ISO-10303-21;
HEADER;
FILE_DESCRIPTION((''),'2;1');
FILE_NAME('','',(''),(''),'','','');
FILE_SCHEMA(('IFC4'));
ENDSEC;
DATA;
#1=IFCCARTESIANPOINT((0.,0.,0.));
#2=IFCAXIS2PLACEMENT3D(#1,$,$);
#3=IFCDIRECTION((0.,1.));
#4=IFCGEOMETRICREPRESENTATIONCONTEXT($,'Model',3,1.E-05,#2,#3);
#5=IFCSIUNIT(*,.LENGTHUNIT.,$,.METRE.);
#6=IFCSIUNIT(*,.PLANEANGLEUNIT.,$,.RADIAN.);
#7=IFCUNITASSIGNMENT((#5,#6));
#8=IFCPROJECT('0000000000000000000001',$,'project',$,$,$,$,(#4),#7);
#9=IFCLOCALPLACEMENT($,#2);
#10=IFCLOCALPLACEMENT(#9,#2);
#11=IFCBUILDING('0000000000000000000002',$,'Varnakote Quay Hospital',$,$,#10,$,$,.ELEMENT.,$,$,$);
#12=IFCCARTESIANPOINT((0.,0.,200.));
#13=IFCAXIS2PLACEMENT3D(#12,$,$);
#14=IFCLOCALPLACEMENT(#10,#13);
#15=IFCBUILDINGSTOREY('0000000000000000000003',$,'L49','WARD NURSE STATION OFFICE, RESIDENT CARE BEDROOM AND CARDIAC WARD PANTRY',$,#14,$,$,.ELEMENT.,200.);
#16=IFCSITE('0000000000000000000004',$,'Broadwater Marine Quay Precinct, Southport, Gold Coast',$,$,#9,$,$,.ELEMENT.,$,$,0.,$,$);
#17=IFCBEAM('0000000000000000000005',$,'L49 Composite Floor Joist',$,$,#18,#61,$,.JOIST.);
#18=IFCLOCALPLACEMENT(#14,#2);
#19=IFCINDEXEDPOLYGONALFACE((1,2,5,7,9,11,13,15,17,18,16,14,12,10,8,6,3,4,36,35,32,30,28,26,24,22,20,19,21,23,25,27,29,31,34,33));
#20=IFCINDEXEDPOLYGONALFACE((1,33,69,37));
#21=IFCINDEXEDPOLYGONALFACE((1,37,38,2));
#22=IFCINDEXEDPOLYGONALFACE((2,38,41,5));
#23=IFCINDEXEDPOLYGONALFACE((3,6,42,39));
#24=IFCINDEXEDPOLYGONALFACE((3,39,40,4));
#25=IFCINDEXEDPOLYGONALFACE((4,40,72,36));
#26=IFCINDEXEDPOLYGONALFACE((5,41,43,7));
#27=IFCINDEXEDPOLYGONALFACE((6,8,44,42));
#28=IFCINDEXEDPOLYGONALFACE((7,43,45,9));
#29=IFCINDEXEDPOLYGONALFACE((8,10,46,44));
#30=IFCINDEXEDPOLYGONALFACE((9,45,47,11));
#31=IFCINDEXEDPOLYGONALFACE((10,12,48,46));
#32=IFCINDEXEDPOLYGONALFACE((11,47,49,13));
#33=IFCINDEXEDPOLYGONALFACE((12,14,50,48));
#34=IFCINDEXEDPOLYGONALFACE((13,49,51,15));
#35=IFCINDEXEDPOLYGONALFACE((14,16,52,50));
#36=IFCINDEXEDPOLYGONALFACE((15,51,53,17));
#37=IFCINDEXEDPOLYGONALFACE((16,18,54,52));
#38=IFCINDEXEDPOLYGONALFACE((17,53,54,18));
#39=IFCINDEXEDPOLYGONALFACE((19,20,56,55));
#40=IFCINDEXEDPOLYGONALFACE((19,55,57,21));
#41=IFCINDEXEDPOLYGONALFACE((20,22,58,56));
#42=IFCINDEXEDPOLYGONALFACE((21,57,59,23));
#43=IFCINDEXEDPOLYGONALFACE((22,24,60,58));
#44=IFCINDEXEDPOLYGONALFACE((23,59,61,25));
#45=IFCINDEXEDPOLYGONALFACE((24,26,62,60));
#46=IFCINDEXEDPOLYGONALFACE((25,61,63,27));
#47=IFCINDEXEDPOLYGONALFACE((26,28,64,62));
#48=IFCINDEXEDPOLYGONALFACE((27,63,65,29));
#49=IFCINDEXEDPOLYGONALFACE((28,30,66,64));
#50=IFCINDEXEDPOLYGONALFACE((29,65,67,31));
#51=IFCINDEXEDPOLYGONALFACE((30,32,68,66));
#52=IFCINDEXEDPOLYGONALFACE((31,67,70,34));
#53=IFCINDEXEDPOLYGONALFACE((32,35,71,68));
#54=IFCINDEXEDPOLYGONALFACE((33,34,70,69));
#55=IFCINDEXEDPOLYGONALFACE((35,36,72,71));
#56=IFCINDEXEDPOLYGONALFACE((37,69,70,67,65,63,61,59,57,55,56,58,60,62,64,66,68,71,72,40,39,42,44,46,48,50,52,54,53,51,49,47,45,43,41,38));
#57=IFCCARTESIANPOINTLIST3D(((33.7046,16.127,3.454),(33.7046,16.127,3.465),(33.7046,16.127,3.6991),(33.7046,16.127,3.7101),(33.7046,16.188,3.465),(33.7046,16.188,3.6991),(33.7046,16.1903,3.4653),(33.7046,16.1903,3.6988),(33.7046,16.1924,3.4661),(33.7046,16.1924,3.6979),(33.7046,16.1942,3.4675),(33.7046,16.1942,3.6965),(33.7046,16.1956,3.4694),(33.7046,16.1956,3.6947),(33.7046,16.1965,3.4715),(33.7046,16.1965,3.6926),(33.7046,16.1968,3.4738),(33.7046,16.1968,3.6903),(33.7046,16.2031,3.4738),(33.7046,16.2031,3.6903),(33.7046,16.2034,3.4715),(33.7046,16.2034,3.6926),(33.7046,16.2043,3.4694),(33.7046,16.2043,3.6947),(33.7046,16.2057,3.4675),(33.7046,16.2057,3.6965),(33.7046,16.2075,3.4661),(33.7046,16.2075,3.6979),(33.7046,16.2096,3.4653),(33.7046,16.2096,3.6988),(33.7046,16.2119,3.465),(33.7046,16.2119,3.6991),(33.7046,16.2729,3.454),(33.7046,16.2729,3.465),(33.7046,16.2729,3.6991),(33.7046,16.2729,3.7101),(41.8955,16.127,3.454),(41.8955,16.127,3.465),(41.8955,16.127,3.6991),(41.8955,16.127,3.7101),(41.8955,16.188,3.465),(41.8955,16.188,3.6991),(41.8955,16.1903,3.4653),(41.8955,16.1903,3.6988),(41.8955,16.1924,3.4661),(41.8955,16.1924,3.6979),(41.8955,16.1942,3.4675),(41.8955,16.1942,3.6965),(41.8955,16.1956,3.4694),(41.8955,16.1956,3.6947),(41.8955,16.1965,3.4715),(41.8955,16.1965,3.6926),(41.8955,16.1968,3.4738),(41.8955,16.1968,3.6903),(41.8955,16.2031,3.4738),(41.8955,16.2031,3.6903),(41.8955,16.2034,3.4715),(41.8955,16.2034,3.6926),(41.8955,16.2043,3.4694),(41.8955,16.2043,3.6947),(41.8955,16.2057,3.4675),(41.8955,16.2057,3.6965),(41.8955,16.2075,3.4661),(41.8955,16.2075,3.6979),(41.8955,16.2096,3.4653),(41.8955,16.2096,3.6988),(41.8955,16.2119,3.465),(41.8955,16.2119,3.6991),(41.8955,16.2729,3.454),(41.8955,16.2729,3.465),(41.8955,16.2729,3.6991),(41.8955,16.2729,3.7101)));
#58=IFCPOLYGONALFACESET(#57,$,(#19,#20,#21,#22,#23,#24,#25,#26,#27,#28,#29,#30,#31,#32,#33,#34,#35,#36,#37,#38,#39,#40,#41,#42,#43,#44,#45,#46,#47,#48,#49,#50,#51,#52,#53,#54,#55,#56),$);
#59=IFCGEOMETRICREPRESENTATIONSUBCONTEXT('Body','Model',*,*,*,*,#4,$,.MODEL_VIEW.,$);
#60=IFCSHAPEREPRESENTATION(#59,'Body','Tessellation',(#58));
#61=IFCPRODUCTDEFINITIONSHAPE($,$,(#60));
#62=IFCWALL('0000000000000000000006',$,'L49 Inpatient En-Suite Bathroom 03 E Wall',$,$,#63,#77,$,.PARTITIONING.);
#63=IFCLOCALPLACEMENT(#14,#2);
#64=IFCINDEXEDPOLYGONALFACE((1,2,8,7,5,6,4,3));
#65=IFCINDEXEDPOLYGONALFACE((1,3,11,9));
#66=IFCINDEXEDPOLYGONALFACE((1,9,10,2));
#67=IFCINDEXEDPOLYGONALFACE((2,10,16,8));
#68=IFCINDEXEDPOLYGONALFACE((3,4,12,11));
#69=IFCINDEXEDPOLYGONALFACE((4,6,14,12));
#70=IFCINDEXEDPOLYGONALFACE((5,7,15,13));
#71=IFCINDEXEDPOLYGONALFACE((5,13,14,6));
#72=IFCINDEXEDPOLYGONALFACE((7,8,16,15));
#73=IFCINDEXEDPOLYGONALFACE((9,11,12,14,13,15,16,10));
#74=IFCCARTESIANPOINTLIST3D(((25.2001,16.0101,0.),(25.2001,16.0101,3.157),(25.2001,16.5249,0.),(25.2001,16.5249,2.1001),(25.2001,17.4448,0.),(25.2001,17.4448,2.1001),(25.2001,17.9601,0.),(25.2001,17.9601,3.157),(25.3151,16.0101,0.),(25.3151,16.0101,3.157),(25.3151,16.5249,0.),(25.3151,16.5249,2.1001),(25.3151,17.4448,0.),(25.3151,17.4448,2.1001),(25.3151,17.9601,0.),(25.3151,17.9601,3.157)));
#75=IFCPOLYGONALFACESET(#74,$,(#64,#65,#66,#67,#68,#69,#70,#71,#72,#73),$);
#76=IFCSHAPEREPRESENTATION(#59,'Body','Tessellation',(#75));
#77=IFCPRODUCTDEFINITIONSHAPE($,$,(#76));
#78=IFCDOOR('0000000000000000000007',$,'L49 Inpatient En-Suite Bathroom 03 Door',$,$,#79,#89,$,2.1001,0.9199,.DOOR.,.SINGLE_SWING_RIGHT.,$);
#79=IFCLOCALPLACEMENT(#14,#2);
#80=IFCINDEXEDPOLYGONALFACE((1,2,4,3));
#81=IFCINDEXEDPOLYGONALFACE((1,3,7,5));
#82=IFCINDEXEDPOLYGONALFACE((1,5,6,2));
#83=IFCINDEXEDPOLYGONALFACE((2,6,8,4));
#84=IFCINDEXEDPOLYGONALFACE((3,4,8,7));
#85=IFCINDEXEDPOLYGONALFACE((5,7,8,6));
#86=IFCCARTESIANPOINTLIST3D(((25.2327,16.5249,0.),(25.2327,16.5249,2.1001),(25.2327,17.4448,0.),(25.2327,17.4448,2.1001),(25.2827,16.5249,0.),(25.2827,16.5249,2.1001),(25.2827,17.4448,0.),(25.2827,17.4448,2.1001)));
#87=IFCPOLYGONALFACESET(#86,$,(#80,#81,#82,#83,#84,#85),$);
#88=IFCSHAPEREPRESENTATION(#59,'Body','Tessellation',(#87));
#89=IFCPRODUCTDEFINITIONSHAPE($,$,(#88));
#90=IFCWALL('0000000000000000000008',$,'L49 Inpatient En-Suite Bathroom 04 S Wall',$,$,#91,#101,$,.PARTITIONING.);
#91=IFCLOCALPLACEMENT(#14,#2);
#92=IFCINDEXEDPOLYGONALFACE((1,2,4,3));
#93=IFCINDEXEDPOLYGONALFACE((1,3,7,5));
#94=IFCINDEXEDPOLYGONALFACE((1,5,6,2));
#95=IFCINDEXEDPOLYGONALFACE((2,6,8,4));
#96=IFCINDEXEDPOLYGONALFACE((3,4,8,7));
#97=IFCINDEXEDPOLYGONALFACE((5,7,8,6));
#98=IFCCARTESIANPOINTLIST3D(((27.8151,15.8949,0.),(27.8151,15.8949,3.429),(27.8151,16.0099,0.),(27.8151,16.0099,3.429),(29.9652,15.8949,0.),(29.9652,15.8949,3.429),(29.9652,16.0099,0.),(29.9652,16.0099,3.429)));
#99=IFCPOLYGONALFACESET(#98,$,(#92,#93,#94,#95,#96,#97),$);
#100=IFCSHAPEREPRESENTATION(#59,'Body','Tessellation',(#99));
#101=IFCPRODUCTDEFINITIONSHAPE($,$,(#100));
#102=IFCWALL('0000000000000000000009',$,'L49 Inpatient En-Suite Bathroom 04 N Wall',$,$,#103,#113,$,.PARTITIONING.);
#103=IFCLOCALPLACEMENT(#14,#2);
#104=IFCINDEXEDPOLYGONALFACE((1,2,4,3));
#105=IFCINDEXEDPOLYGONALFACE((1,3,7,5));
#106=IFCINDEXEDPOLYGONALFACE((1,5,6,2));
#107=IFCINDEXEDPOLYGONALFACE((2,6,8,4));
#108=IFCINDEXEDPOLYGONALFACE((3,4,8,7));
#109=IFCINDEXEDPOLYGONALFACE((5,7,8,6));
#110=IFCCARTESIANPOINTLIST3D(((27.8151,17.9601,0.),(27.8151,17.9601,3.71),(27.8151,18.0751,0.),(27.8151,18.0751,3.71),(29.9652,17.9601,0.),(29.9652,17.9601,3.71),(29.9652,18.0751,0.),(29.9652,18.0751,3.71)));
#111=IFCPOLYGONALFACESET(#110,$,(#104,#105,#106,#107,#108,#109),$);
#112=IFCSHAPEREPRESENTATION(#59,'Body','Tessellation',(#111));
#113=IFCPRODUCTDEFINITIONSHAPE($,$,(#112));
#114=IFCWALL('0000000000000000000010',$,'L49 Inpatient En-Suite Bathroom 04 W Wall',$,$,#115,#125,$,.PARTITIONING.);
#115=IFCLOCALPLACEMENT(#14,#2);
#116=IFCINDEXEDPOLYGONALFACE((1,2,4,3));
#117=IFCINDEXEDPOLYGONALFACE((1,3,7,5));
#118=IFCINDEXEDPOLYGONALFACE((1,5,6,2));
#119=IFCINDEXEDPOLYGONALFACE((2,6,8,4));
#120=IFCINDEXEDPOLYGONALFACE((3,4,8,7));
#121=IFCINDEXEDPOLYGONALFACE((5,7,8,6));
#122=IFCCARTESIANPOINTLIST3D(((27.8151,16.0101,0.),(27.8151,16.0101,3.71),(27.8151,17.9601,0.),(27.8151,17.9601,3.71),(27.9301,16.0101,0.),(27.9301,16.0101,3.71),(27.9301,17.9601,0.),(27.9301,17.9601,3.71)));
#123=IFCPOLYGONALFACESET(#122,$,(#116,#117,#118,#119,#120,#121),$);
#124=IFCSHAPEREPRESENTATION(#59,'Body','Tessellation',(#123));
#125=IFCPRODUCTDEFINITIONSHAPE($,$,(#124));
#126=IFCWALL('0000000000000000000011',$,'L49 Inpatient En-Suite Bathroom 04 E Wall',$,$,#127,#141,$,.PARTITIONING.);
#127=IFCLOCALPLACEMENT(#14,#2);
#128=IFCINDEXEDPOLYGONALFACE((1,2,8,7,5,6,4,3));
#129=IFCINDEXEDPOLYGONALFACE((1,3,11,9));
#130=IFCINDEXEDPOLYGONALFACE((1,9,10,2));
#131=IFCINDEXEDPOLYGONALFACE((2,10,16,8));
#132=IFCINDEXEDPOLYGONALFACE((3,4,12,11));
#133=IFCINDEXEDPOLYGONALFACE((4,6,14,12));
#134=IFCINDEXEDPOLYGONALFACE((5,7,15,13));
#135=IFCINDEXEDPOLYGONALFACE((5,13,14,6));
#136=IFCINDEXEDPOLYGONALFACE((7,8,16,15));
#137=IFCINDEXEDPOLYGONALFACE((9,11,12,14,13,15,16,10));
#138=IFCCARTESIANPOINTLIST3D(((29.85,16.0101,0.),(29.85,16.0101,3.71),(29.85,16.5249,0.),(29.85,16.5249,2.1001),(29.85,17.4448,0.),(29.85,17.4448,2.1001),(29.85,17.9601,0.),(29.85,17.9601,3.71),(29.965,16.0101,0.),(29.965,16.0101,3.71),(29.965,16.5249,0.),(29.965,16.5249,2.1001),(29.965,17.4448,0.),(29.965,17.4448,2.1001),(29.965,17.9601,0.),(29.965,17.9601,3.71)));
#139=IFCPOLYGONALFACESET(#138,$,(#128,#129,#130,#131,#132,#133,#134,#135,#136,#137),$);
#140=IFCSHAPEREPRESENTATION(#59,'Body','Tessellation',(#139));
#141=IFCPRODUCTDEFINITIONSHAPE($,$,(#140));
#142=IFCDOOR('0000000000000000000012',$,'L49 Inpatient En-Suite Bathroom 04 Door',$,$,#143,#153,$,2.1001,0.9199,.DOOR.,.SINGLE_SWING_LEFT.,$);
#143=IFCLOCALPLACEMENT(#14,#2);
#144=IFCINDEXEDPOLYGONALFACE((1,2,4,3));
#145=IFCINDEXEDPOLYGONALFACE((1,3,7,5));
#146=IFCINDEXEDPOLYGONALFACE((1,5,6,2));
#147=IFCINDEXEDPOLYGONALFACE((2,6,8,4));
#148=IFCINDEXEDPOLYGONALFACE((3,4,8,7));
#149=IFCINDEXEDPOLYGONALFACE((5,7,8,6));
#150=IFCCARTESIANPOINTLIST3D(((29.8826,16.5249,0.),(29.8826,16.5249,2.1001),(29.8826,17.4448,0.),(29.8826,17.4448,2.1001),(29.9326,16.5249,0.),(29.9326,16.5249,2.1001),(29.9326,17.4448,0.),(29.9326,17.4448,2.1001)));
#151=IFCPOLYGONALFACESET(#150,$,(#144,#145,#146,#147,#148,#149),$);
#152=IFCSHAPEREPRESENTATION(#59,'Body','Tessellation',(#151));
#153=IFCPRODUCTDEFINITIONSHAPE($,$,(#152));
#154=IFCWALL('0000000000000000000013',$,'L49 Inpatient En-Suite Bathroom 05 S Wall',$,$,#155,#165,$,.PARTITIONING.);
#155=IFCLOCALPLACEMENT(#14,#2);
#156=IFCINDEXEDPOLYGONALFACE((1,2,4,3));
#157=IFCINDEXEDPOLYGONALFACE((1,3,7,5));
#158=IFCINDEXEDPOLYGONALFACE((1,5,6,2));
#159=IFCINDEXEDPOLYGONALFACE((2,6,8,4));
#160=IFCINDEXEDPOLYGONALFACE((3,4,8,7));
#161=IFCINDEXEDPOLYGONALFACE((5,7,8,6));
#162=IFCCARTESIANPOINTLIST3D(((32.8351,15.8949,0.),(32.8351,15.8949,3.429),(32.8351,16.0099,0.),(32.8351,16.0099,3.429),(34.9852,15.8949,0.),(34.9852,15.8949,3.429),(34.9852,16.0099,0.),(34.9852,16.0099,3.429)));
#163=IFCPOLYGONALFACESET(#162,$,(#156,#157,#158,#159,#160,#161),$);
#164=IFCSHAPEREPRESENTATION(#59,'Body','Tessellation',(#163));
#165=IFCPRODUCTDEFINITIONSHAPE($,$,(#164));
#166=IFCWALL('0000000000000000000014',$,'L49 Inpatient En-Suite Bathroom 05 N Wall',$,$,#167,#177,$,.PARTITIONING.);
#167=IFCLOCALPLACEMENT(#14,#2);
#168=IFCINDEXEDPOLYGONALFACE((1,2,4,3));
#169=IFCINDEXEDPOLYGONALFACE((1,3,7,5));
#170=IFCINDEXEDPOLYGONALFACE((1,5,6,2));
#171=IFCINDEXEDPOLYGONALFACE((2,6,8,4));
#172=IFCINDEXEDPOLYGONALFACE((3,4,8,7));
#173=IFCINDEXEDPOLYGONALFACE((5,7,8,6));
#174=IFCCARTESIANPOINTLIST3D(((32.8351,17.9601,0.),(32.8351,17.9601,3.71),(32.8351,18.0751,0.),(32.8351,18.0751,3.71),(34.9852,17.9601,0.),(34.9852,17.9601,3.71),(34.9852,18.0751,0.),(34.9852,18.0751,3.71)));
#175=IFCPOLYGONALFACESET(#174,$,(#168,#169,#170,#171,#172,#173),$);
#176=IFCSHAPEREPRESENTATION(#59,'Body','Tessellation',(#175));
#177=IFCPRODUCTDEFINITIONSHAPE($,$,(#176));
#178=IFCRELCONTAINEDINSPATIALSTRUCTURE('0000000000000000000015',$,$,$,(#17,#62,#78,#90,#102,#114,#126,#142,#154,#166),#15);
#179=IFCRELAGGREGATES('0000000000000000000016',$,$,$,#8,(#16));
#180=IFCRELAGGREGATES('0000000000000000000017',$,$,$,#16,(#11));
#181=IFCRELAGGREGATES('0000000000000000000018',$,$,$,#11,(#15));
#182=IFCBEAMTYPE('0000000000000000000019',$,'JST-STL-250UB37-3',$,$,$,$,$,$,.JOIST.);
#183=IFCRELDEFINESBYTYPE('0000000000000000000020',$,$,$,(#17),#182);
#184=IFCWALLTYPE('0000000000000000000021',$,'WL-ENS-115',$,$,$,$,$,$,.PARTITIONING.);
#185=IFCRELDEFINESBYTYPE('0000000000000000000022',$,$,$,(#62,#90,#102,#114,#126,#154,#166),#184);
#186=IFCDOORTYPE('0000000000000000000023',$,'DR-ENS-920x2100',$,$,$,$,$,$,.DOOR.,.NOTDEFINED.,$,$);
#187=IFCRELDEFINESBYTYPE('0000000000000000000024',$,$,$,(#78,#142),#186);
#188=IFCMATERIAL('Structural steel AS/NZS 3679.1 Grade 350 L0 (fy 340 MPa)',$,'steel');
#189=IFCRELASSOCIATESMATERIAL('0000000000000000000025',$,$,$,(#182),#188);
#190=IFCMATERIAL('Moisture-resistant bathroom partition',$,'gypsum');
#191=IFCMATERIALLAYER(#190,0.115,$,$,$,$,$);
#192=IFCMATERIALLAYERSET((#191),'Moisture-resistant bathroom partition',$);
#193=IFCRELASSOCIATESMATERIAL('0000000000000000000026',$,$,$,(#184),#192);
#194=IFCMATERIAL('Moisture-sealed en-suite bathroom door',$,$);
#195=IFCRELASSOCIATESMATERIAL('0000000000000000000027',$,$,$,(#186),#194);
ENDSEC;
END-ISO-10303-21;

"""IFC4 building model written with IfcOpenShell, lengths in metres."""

from ifc_helpers import new_model, si_unit, direction, frame, frame_2d, origin, origin_2d, place, context, subcontext, project, spatial, rectangle, i_section, extrude, material, layer, layer_set, material_profile, profile_set, type_object, element, fill, save


model = new_model("IFC4")

# Units and contexts
model_context = context("Model", 3, precision=1e-05, world=origin(), true_north=direction((0.0, 1.0)))
body_context = subcontext(model_context, "Body", "Model", "MODEL_VIEW")
ifc_project = project(units=[si_unit("LENGTHUNIT", "METRE"), si_unit("PLANEANGLEUNIT", "RADIAN")], contexts=[model_context])

# Site, building, storey
site_placement = place(None, origin())
site = spatial("IfcSite", under=ifc_project, at=site_placement, Name="Broadwater Marine Quay Precinct, Southport, Gold Coast", CompositionType="ELEMENT", RefElevation=0.0)
building_placement = place(site_placement, origin())
building = spatial("IfcBuilding", under=site, at=building_placement, Name="Varnakote Quay Hospital", CompositionType="ELEMENT")
storey_placement = place(building_placement, frame((0.0, 0.0, 200.0)))
storey = spatial("IfcBuildingStorey", under=building, at=storey_placement, Name="L49", Description="WARD NURSE STATION OFFICE, RESIDENT CARE BEDROOM AND CARDIAC WARD PANTRY", CompositionType="ELEMENT", Elevation=200.0)

# Beam
ifc_material_1 = material(Name="Structural steel AS/NZS 3679.1 Grade 350 L0 (fy 340 MPa)", Category="steel")
ifc_material_profile_1 = material_profile(ifc_material_1, i_section(OverallWidth=0.146, OverallDepth=0.2561, WebThickness=0.0063, FlangeThickness=0.011, FilletRadius=0.0088, at=origin_2d()), Name="250UB37.3")
ifc_profile_set_1 = profile_set([ifc_material_profile_1], Name="Structural steel AS/NZS 3679.1 Grade 350 L0 (fy 340 MPa)")
beam_type_1 = type_object("IfcBeamType", Name="JST-STL-250UB37-3", PredefinedType="JOIST", material=ifc_profile_set_1)
beam_1_placement = place(storey_placement, frame((33.7046, 16.2, 3.582), z_axis=(1.0, 0.0, 0.0), x_axis=(0.0, 1.0, 0.0)))
element("IfcBeam", 1, at=beam_1_placement, inside=storey, type_object=beam_type_1, Name="L49 Composite Floor Joist", PredefinedType="JOIST", context=body_context, shape_type="SweptSolid", body=[
    extrude(i_section(OverallWidth=0.146, OverallDepth=0.2561, WebThickness=0.0063, FlangeThickness=0.011, FilletRadius=0.0088, at=origin_2d()), origin(), (0.0, 0.0, 1.0), 8.1909),
])

# Wall, opening, door
ifc_material_2 = material(Name="Moisture-resistant bathroom partition", Category="gypsum")
ifc_layer_1 = layer(ifc_material_2, 0.115)
ifc_layer_set_1 = layer_set([ifc_layer_1], Name="Moisture-resistant bathroom partition")
wall_type_1 = type_object("IfcWallType", Name="WL-ENS-115", PredefinedType="PARTITIONING", material=ifc_layer_set_1)
wall_1_placement = place(storey_placement, frame((25.2576, 16.01, 0.0), z_axis=(0.0, 0.0, 1.0), x_axis=(0.0, 1.0, 0.0)))
wall_1 = element("IfcWall", 2, at=wall_1_placement, inside=storey, type_object=wall_type_1, Name="L49 Inpatient En-Suite Bathroom 03 E Wall", PredefinedType="PARTITIONING", context=body_context, shape_type="SweptSolid", body=[
    extrude(rectangle(XDim=1.95, YDim=0.115, at=frame_2d((0.9751, 0.0))), origin(), (0.0, 0.0, 1.0), 3.157),
])
opening_1_placement = place(wall_1_placement, frame((0.5149, 0.0, 0.0)))
opening_1 = element("IfcOpeningElement", 3, at=opening_1_placement, cuts=wall_1, PredefinedType="OPENING", context=body_context, shape_type="SweptSolid", body=[
    extrude(rectangle(XDim=0.9199, YDim=2.1001, at=frame_2d((0.46, 1.05))), frame((0.0, 0.0674, 0.0), z_axis=(0.0, -1.0, 0.0), x_axis=(1.0, 0.0, 0.0)), (0.0, 0.0, 1.0), 0.135),
])
ifc_material_3 = material(Name="Moisture-sealed en-suite bathroom door")
door_type_1 = type_object("IfcDoorType", Name="DR-ENS-920x2100", OperationType="NOTDEFINED", PredefinedType="DOOR", material=ifc_material_3)
door_1_placement = place(opening_1_placement, origin())
door_1 = element("IfcDoor", 4, at=door_1_placement, inside=storey, type_object=door_type_1, Name="L49 Inpatient En-Suite Bathroom 03 Door", OperationType="SINGLE_SWING_RIGHT", OverallHeight=2.1001, OverallWidth=0.9199, PredefinedType="DOOR", context=body_context, shape_type="SweptSolid", body=[
    extrude(rectangle(XDim=0.9199, YDim=2.1001, at=frame_2d((0.46, 1.05))), frame((0.0, 0.0249, 0.0), z_axis=(0.0, -1.0, 0.0), x_axis=(1.0, 0.0, 0.0)), (0.0, 0.0, 1.0), 0.05),
])
fill(opening_1, door_1)

# Walls
wall_2_placement = place(storey_placement, frame((27.8149, 15.9524, 0.0), z_axis=(0.0, 0.0, 1.0), x_axis=(1.0, 0.0, 0.0)))
element("IfcWall", 5, at=wall_2_placement, inside=storey, type_object=wall_type_1, Name="L49 Inpatient En-Suite Bathroom 04 S Wall", PredefinedType="PARTITIONING", context=body_context, shape_type="SweptSolid", body=[
    extrude(rectangle(XDim=2.1501, YDim=0.115, at=frame_2d((1.0752, 0.0))), origin(), (0.0, 0.0, 1.0), 3.429),
])
wall_3_placement = place(storey_placement, frame((27.8149, 18.0176, 0.0), z_axis=(0.0, 0.0, 1.0), x_axis=(1.0, 0.0, 0.0)))
element("IfcWall", 6, at=wall_3_placement, inside=storey, type_object=wall_type_1, Name="L49 Inpatient En-Suite Bathroom 04 N Wall", PredefinedType="PARTITIONING", context=body_context, shape_type="SweptSolid", body=[
    extrude(rectangle(XDim=2.1501, YDim=0.115, at=frame_2d((1.0752, 0.0))), origin(), (0.0, 0.0, 1.0), 3.71),
])
wall_4_placement = place(storey_placement, frame((27.8726, 16.01, 0.0), z_axis=(0.0, 0.0, 1.0), x_axis=(0.0, 1.0, 0.0)))
element("IfcWall", 7, at=wall_4_placement, inside=storey, type_object=wall_type_1, Name="L49 Inpatient En-Suite Bathroom 04 W Wall", PredefinedType="PARTITIONING", context=body_context, shape_type="SweptSolid", body=[
    extrude(rectangle(XDim=1.95, YDim=0.115, at=frame_2d((0.9751, 0.0))), origin(), (0.0, 0.0, 1.0), 3.71),
])

# Wall, opening, door
wall_5_placement = place(storey_placement, frame((29.9075, 16.01, 0.0), z_axis=(0.0, 0.0, 1.0), x_axis=(0.0, 1.0, 0.0)))
wall_5 = element("IfcWall", 8, at=wall_5_placement, inside=storey, type_object=wall_type_1, Name="L49 Inpatient En-Suite Bathroom 04 E Wall", PredefinedType="PARTITIONING", context=body_context, shape_type="SweptSolid", body=[
    extrude(rectangle(XDim=1.95, YDim=0.115, at=frame_2d((0.9751, 0.0))), origin(), (0.0, 0.0, 1.0), 3.71),
])
opening_2_placement = place(wall_5_placement, frame((0.5149, 0.0, 0.0)))
opening_2 = element("IfcOpeningElement", 9, at=opening_2_placement, cuts=wall_5, PredefinedType="OPENING", context=body_context, shape_type="SweptSolid", body=[
    extrude(rectangle(XDim=0.9199, YDim=2.1001, at=frame_2d((0.46, 1.05))), frame((0.0, 0.0674, 0.0), z_axis=(0.0, -1.0, 0.0), x_axis=(1.0, 0.0, 0.0)), (0.0, 0.0, 1.0), 0.135),
])
door_2_placement = place(opening_2_placement, origin())
door_2 = element("IfcDoor", 10, at=door_2_placement, inside=storey, type_object=door_type_1, Name="L49 Inpatient En-Suite Bathroom 04 Door", OperationType="SINGLE_SWING_LEFT", OverallHeight=2.1001, OverallWidth=0.9199, PredefinedType="DOOR", context=body_context, shape_type="SweptSolid", body=[
    extrude(rectangle(XDim=0.9199, YDim=2.1001, at=frame_2d((0.46, 1.05))), frame((0.0, 0.0249, 0.0), z_axis=(0.0, -1.0, 0.0), x_axis=(1.0, 0.0, 0.0)), (0.0, 0.0, 1.0), 0.05),
])
fill(opening_2, door_2)

# Walls
wall_6_placement = place(storey_placement, frame((32.835, 15.9524, 0.0), z_axis=(0.0, 0.0, 1.0), x_axis=(1.0, 0.0, 0.0)))
element("IfcWall", 11, at=wall_6_placement, inside=storey, type_object=wall_type_1, Name="L49 Inpatient En-Suite Bathroom 05 S Wall", PredefinedType="PARTITIONING", context=body_context, shape_type="SweptSolid", body=[
    extrude(rectangle(XDim=2.1501, YDim=0.115, at=frame_2d((1.0752, 0.0))), origin(), (0.0, 0.0, 1.0), 3.429),
])
wall_7_placement = place(storey_placement, frame((32.835, 18.0176, 0.0), z_axis=(0.0, 0.0, 1.0), x_axis=(1.0, 0.0, 0.0)))
element("IfcWall", 12, at=wall_7_placement, inside=storey, type_object=wall_type_1, Name="L49 Inpatient En-Suite Bathroom 05 N Wall", PredefinedType="PARTITIONING", context=body_context, shape_type="SweptSolid", body=[
    extrude(rectangle(XDim=2.1501, YDim=0.115, at=frame_2d((1.0752, 0.0))), origin(), (0.0, 0.0, 1.0), 3.71),
])

save(model, "model.ifc")
